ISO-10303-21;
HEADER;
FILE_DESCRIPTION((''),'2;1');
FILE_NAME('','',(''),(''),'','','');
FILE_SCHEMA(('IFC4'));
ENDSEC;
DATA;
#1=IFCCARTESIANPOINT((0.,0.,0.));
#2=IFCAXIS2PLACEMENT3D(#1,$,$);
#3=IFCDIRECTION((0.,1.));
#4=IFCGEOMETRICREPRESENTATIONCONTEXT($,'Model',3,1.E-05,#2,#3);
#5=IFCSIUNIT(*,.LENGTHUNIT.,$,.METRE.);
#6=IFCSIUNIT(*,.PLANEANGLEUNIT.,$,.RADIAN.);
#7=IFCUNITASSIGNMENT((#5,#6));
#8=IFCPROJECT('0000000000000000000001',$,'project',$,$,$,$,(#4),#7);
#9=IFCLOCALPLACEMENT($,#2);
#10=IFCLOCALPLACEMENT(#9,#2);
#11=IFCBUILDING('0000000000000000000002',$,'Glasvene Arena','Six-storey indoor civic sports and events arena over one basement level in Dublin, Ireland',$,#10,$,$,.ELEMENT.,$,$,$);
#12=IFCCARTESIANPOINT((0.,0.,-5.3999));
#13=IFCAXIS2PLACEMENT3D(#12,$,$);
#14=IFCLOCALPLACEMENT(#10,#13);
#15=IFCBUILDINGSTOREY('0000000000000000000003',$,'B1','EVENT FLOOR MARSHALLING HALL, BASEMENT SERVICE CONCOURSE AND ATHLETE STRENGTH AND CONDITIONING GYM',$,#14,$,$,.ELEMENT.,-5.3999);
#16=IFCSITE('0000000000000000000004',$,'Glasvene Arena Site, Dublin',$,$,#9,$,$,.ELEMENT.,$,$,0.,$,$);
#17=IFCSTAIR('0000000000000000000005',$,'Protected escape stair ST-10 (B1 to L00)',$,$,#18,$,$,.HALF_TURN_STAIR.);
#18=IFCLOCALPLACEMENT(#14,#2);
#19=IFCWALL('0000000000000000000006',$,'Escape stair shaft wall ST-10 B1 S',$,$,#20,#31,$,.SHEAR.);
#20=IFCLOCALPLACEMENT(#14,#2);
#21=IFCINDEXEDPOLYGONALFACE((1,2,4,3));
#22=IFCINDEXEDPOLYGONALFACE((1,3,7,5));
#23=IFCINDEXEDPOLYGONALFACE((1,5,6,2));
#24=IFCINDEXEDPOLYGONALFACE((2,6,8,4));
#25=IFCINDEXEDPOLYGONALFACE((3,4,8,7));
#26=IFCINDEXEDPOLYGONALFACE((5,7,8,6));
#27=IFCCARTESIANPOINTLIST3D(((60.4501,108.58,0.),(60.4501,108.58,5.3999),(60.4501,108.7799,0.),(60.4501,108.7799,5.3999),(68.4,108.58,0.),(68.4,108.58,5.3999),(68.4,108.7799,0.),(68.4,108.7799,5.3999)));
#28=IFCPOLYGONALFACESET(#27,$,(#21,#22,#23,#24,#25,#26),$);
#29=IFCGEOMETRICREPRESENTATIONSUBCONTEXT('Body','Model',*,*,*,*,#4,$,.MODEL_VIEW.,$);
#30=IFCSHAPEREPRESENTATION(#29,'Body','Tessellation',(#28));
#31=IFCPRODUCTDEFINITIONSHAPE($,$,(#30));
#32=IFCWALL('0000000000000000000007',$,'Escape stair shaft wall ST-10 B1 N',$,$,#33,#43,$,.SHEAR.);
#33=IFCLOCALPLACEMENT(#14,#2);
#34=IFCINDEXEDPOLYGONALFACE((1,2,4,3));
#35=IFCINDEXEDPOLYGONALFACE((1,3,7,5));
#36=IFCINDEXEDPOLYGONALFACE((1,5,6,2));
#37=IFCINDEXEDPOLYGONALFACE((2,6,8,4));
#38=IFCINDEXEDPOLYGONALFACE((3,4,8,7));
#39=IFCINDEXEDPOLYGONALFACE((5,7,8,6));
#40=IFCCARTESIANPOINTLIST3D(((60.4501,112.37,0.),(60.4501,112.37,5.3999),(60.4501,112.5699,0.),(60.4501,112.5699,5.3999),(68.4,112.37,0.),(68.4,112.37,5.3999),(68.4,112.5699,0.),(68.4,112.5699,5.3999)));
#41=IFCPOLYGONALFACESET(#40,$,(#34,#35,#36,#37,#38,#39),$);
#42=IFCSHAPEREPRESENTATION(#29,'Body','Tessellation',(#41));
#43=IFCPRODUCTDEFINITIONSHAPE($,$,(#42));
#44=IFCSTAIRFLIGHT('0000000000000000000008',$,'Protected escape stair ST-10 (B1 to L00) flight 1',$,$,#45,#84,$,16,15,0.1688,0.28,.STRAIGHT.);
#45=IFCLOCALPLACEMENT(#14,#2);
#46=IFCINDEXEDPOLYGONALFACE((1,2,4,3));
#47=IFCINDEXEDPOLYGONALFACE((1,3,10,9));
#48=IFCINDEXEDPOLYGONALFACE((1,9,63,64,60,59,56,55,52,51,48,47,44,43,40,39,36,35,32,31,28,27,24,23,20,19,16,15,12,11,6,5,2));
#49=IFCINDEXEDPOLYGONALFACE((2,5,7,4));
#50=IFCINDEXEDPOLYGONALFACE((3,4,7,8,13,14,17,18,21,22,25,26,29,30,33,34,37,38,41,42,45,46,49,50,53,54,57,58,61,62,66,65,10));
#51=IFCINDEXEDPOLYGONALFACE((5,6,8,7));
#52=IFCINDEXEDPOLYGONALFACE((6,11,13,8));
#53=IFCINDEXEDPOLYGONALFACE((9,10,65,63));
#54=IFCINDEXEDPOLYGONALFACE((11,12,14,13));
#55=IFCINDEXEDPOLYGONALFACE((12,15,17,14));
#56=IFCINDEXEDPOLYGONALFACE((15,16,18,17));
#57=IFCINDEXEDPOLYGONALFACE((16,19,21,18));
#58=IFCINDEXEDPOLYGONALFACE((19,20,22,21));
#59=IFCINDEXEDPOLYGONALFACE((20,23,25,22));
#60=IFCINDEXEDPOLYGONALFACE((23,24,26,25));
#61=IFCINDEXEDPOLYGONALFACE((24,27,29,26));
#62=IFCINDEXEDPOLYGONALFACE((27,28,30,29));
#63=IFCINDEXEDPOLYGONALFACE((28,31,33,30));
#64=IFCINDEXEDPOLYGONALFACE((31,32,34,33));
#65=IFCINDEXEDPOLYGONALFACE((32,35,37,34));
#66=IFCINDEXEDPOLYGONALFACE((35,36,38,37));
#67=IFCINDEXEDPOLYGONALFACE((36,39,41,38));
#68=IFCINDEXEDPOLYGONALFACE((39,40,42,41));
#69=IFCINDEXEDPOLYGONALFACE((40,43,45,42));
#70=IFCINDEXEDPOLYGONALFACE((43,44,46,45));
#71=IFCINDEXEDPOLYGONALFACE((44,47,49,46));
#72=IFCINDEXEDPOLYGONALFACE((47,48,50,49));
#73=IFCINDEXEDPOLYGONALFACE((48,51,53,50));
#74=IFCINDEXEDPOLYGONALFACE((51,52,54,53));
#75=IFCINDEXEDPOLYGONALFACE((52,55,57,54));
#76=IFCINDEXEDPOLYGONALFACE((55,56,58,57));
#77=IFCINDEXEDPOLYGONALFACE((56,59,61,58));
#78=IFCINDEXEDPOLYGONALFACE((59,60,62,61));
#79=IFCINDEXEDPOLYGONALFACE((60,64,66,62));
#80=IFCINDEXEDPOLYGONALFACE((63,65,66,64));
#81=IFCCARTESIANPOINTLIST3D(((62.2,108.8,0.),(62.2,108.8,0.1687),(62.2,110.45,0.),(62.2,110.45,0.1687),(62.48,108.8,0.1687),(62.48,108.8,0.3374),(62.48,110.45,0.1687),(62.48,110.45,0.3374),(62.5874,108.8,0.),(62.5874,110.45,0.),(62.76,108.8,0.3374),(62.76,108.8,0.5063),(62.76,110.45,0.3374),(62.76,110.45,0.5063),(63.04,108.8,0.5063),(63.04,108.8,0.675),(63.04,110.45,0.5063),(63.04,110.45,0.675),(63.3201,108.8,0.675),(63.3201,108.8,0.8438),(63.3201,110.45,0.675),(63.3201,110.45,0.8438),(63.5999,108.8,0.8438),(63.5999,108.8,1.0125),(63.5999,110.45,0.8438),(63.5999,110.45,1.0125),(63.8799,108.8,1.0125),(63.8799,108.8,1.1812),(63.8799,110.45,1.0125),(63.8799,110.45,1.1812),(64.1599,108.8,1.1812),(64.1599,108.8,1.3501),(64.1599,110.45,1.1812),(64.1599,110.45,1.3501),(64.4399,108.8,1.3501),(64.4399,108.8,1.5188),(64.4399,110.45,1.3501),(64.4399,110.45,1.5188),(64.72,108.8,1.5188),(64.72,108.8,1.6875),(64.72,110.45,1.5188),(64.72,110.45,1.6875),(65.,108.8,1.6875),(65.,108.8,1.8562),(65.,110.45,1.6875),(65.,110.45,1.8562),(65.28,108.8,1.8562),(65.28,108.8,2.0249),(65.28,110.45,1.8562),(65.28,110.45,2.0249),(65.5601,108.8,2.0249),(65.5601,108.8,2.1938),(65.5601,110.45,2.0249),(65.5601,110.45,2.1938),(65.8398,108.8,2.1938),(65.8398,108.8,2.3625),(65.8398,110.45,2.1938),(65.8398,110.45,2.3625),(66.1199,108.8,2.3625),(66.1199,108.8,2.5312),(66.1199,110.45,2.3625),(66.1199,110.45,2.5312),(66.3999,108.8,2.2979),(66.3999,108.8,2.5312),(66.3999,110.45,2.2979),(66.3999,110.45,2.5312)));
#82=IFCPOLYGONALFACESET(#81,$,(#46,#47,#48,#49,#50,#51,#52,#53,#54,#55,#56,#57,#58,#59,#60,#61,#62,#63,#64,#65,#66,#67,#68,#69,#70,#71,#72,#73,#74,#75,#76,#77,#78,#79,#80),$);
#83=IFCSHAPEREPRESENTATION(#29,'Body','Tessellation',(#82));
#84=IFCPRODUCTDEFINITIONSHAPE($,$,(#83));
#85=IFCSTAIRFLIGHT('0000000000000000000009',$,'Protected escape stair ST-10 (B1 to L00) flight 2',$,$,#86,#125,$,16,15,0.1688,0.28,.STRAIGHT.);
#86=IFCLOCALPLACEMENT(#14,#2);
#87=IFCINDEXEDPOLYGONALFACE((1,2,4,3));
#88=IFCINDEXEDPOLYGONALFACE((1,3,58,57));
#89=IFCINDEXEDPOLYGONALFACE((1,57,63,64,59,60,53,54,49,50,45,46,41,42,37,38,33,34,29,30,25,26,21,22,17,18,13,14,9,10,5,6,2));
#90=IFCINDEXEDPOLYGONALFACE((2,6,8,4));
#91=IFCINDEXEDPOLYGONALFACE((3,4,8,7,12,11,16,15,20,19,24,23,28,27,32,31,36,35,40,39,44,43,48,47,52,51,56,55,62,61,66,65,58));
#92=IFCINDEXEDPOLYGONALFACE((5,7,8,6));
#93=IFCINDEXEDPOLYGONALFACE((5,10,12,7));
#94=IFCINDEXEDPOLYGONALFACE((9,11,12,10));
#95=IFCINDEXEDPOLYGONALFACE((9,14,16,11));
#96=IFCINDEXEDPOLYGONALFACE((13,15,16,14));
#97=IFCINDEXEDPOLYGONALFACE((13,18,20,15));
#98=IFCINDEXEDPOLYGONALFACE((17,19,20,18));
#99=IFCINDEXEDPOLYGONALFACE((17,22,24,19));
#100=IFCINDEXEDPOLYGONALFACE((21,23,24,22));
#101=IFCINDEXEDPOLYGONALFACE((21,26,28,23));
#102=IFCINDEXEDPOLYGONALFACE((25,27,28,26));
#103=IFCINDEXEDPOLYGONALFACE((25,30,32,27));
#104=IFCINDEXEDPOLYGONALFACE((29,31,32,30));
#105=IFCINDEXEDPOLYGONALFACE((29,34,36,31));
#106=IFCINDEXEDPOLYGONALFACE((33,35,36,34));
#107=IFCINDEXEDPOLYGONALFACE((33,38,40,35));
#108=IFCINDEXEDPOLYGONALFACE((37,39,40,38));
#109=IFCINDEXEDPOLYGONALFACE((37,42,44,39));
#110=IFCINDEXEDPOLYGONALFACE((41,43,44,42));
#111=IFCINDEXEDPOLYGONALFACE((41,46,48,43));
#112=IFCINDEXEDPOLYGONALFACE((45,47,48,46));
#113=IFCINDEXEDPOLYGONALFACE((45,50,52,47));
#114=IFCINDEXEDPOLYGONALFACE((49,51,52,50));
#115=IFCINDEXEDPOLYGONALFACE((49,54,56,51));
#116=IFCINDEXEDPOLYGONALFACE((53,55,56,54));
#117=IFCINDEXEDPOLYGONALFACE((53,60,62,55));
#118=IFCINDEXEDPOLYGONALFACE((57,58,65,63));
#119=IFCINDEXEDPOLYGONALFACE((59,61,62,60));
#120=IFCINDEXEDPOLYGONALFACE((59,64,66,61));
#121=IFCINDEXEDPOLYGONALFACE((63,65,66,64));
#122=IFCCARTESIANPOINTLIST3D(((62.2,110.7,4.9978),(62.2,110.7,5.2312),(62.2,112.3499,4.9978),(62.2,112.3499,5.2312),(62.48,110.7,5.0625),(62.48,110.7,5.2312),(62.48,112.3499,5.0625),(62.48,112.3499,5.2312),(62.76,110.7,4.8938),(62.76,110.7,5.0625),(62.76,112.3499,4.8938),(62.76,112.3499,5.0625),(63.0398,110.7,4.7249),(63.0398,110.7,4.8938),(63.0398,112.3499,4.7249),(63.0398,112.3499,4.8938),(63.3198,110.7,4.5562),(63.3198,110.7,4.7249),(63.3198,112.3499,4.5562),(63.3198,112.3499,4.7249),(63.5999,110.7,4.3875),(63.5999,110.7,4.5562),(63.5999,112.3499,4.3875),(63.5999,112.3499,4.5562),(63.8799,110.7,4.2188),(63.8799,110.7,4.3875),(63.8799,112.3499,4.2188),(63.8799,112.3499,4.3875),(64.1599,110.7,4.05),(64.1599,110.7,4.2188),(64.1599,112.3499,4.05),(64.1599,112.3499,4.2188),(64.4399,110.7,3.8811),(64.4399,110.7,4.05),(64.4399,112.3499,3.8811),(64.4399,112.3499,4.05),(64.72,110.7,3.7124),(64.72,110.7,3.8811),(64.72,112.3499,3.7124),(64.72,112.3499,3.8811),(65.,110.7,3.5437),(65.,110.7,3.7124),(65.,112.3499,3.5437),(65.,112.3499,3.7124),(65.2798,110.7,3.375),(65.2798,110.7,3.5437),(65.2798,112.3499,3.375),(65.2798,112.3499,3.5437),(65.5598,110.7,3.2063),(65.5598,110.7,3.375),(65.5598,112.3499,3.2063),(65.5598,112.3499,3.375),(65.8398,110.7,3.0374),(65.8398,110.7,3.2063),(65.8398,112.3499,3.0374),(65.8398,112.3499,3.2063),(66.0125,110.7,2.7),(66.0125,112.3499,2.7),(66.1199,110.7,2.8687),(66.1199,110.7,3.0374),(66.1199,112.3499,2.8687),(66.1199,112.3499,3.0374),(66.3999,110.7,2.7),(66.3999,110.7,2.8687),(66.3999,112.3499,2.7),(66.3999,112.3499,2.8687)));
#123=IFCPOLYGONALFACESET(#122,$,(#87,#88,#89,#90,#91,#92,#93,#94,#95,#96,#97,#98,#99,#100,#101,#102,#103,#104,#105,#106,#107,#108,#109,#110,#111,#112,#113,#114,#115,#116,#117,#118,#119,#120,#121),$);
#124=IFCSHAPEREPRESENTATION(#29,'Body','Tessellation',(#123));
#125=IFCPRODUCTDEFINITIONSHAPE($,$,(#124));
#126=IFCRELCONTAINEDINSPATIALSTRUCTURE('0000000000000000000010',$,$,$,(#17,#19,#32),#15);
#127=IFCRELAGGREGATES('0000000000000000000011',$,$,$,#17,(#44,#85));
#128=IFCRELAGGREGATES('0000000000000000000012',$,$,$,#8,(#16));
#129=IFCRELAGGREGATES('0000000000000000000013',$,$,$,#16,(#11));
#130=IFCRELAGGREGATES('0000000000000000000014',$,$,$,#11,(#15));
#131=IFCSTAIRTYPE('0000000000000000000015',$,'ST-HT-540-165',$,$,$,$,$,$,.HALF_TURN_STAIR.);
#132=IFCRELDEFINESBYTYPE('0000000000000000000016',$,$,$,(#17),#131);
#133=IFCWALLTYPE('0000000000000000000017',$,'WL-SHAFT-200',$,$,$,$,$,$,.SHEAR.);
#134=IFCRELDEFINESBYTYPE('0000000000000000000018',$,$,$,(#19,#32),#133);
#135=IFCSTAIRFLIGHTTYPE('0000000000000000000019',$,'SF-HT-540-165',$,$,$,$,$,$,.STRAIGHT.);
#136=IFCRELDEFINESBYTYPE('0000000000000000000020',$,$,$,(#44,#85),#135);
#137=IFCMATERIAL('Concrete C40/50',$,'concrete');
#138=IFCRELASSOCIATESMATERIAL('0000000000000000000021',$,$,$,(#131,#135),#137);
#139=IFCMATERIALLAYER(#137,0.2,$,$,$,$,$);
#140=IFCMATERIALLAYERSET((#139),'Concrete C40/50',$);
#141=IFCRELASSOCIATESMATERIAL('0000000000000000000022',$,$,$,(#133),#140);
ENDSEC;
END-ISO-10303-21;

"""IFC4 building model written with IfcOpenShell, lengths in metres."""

from ifc_helpers import new_model, si_unit, direction, frame, frame_2d, origin, place, context, subcontext, project, spatial, polyline, rectangle, outline, extrude, material, layer, layer_set, type_object, element, aggregate, save


model = new_model("IFC4")

# Units and contexts
model_context = context("Model", 3, precision=1e-05, world=origin(), true_north=direction((0.0, 1.0)))
body_context = subcontext(model_context, "Body", "Model", "MODEL_VIEW")
ifc_project = project(units=[si_unit("LENGTHUNIT", "METRE"), si_unit("PLANEANGLEUNIT", "RADIAN")], contexts=[model_context])

# Site, building, storey
site_placement = place(None, origin())
site = spatial("IfcSite", under=ifc_project, at=site_placement, Name="Glasvene Arena Site, Dublin", CompositionType="ELEMENT", RefElevation=0.0)
building_placement = place(site_placement, origin())
building = spatial("IfcBuilding", under=site, at=building_placement, Name="Glasvene Arena", Description="Six-storey indoor civic sports and events arena over one basement level in Dublin, Ireland", CompositionType="ELEMENT")
storey_placement = place(building_placement, frame((0.0, 0.0, -5.3999)))
storey = spatial("IfcBuildingStorey", under=building, at=storey_placement, Name="B1", Description="EVENT FLOOR MARSHALLING HALL, BASEMENT SERVICE CONCOURSE AND ATHLETE STRENGTH AND CONDITIONING GYM", CompositionType="ELEMENT", Elevation=-5.3999)

# Shared definitions
ifc_material_1 = material(Name="Concrete C40/50", Category="concrete")

# Stair
stair_type = type_object("IfcStairType", Name="ST-HT-540-165", PredefinedType="HALF_TURN_STAIR", material=ifc_material_1)
stair_placement = place(storey_placement, origin())
stair = element("IfcStair", 1, at=stair_placement, inside=storey, type_object=stair_type, Name="Protected escape stair ST-10 (B1 to L00)", PredefinedType="HALF_TURN_STAIR")

# Wall
ifc_layer_1 = layer(ifc_material_1, 0.2)
ifc_layer_set_1 = layer_set([ifc_layer_1], Name="Concrete C40/50")
wall_type_1 = type_object("IfcWallType", Name="WL-SHAFT-200", PredefinedType="SHEAR", material=ifc_layer_set_1)
wall_1_placement = place(storey_placement, frame((60.45, 108.6799, 0.0), z_axis=(0.0, 0.0, 1.0), x_axis=(1.0, 0.0, 0.0)))
element("IfcWall", 2, at=wall_1_placement, inside=storey, type_object=wall_type_1, Name="Escape stair shaft wall ST-10 B1 S", PredefinedType="SHEAR", context=body_context, shape_type="SweptSolid", body=[
    extrude(rectangle(XDim=7.95, YDim=0.2, at=frame_2d((3.9751, 0.0))), origin(), (0.0, 0.0, 1.0), 5.3999),
])

# Wall
wall_2_placement = place(storey_placement, frame((60.45, 112.47, 0.0), z_axis=(0.0, 0.0, 1.0), x_axis=(1.0, 0.0, 0.0)))
element("IfcWall", 3, at=wall_2_placement, inside=storey, type_object=wall_type_1, Name="Escape stair shaft wall ST-10 B1 N", PredefinedType="SHEAR", context=body_context, shape_type="SweptSolid", body=[
    extrude(rectangle(XDim=7.95, YDim=0.2, at=frame_2d((3.9751, 0.0))), origin(), (0.0, 0.0, 1.0), 5.3999),
])

# Stair flights
stair_flight_type = type_object("IfcStairFlightType", Name="SF-HT-540-165", PredefinedType="STRAIGHT", material=ifc_material_1)
stair_flight_1_placement = place(storey_placement, frame((62.2, 109.625, 0.0), z_axis=(0.0, 0.0, 1.0), x_axis=(1.0, 0.0, 0.0)))
stair_flight_1 = element("IfcStairFlight", 4, at=stair_flight_1_placement, type_object=stair_flight_type, Name="Protected escape stair ST-10 (B1 to L00) flight 1", NumberOfRisers=16, NumberOfTreads=15, PredefinedType="STRAIGHT", RiserHeight=0.1688, TreadLength=0.28, context=body_context, shape_type="SweptSolid", body=[
    extrude(outline(polyline([(0.0, 0.0), (0.0, 0.1687), (0.28, 0.1687), (0.28, 0.3374), (0.5601, 0.3374), (0.5601, 0.5063), (0.8401, 0.5063), (0.8401, 0.675), (1.1201, 0.675), (1.1201, 0.8438), (1.3999, 0.8438), (1.3999, 1.0125), (1.6799, 1.0125), (1.6799, 1.1812), (1.96, 1.1812), (1.96, 1.3501), (2.24, 1.3501), (2.24, 1.5188), (2.52, 1.5188), (2.52, 1.6875), (2.8, 1.6875), (2.8, 1.8562), (3.0801, 1.8562), (3.0801, 2.0249), (3.3601, 2.0249), (3.3601, 2.1938), (3.6399, 2.1938), (3.6399, 2.3625), (3.9199, 2.3625), (3.9199, 2.5312), (4.2, 2.5312), (4.2, 2.7), (4.2, 2.2979), (0.3875, 0.0), (0.0, 0.0)])), frame((0.0, 0.825, 0.0), z_axis=(0.0, -1.0, 0.0), x_axis=(1.0, 0.0, 0.0)), (0.0, 0.0, 1.0), 1.6499),
])
stair_flight_2_placement = place(storey_placement, frame((66.3999, 111.5249, 2.7), z_axis=(0.0, 0.0, 1.0), x_axis=(-1.0, 0.0, 0.0)))
stair_flight_2 = element("IfcStairFlight", 5, at=stair_flight_2_placement, type_object=stair_flight_type, Name="Protected escape stair ST-10 (B1 to L00) flight 2", NumberOfRisers=16, NumberOfTreads=15, PredefinedType="STRAIGHT", RiserHeight=0.1688, TreadLength=0.28, context=body_context, shape_type="SweptSolid", body=[
    extrude(outline(polyline([(0.0, 0.0), (0.0, 0.1687), (0.28, 0.1687), (0.28, 0.3374), (0.5601, 0.3374), (0.5601, 0.5063), (0.8401, 0.5063), (0.8401, 0.675), (1.1201, 0.675), (1.1201, 0.8438), (1.3999, 0.8438), (1.3999, 1.0125), (1.6799, 1.0125), (1.6799, 1.1812), (1.96, 1.1812), (1.96, 1.3501), (2.24, 1.3501), (2.24, 1.5188), (2.52, 1.5188), (2.52, 1.6875), (2.8, 1.6875), (2.8, 1.8562), (3.0801, 1.8562), (3.0801, 2.0249), (3.3601, 2.0249), (3.3601, 2.1938), (3.6399, 2.1938), (3.6399, 2.3625), (3.9199, 2.3625), (3.9199, 2.5312), (4.2, 2.5312), (4.2, 2.7), (4.2, 2.2979), (0.3875, 0.0), (0.0, 0.0)])), frame((0.0, 0.825, 0.0), z_axis=(0.0, -1.0, 0.0), x_axis=(1.0, 0.0, 0.0)), (0.0, 0.0, 1.0), 1.6499),
])
aggregate(stair, [stair_flight_1, stair_flight_2])

save(model, "model.ifc")
